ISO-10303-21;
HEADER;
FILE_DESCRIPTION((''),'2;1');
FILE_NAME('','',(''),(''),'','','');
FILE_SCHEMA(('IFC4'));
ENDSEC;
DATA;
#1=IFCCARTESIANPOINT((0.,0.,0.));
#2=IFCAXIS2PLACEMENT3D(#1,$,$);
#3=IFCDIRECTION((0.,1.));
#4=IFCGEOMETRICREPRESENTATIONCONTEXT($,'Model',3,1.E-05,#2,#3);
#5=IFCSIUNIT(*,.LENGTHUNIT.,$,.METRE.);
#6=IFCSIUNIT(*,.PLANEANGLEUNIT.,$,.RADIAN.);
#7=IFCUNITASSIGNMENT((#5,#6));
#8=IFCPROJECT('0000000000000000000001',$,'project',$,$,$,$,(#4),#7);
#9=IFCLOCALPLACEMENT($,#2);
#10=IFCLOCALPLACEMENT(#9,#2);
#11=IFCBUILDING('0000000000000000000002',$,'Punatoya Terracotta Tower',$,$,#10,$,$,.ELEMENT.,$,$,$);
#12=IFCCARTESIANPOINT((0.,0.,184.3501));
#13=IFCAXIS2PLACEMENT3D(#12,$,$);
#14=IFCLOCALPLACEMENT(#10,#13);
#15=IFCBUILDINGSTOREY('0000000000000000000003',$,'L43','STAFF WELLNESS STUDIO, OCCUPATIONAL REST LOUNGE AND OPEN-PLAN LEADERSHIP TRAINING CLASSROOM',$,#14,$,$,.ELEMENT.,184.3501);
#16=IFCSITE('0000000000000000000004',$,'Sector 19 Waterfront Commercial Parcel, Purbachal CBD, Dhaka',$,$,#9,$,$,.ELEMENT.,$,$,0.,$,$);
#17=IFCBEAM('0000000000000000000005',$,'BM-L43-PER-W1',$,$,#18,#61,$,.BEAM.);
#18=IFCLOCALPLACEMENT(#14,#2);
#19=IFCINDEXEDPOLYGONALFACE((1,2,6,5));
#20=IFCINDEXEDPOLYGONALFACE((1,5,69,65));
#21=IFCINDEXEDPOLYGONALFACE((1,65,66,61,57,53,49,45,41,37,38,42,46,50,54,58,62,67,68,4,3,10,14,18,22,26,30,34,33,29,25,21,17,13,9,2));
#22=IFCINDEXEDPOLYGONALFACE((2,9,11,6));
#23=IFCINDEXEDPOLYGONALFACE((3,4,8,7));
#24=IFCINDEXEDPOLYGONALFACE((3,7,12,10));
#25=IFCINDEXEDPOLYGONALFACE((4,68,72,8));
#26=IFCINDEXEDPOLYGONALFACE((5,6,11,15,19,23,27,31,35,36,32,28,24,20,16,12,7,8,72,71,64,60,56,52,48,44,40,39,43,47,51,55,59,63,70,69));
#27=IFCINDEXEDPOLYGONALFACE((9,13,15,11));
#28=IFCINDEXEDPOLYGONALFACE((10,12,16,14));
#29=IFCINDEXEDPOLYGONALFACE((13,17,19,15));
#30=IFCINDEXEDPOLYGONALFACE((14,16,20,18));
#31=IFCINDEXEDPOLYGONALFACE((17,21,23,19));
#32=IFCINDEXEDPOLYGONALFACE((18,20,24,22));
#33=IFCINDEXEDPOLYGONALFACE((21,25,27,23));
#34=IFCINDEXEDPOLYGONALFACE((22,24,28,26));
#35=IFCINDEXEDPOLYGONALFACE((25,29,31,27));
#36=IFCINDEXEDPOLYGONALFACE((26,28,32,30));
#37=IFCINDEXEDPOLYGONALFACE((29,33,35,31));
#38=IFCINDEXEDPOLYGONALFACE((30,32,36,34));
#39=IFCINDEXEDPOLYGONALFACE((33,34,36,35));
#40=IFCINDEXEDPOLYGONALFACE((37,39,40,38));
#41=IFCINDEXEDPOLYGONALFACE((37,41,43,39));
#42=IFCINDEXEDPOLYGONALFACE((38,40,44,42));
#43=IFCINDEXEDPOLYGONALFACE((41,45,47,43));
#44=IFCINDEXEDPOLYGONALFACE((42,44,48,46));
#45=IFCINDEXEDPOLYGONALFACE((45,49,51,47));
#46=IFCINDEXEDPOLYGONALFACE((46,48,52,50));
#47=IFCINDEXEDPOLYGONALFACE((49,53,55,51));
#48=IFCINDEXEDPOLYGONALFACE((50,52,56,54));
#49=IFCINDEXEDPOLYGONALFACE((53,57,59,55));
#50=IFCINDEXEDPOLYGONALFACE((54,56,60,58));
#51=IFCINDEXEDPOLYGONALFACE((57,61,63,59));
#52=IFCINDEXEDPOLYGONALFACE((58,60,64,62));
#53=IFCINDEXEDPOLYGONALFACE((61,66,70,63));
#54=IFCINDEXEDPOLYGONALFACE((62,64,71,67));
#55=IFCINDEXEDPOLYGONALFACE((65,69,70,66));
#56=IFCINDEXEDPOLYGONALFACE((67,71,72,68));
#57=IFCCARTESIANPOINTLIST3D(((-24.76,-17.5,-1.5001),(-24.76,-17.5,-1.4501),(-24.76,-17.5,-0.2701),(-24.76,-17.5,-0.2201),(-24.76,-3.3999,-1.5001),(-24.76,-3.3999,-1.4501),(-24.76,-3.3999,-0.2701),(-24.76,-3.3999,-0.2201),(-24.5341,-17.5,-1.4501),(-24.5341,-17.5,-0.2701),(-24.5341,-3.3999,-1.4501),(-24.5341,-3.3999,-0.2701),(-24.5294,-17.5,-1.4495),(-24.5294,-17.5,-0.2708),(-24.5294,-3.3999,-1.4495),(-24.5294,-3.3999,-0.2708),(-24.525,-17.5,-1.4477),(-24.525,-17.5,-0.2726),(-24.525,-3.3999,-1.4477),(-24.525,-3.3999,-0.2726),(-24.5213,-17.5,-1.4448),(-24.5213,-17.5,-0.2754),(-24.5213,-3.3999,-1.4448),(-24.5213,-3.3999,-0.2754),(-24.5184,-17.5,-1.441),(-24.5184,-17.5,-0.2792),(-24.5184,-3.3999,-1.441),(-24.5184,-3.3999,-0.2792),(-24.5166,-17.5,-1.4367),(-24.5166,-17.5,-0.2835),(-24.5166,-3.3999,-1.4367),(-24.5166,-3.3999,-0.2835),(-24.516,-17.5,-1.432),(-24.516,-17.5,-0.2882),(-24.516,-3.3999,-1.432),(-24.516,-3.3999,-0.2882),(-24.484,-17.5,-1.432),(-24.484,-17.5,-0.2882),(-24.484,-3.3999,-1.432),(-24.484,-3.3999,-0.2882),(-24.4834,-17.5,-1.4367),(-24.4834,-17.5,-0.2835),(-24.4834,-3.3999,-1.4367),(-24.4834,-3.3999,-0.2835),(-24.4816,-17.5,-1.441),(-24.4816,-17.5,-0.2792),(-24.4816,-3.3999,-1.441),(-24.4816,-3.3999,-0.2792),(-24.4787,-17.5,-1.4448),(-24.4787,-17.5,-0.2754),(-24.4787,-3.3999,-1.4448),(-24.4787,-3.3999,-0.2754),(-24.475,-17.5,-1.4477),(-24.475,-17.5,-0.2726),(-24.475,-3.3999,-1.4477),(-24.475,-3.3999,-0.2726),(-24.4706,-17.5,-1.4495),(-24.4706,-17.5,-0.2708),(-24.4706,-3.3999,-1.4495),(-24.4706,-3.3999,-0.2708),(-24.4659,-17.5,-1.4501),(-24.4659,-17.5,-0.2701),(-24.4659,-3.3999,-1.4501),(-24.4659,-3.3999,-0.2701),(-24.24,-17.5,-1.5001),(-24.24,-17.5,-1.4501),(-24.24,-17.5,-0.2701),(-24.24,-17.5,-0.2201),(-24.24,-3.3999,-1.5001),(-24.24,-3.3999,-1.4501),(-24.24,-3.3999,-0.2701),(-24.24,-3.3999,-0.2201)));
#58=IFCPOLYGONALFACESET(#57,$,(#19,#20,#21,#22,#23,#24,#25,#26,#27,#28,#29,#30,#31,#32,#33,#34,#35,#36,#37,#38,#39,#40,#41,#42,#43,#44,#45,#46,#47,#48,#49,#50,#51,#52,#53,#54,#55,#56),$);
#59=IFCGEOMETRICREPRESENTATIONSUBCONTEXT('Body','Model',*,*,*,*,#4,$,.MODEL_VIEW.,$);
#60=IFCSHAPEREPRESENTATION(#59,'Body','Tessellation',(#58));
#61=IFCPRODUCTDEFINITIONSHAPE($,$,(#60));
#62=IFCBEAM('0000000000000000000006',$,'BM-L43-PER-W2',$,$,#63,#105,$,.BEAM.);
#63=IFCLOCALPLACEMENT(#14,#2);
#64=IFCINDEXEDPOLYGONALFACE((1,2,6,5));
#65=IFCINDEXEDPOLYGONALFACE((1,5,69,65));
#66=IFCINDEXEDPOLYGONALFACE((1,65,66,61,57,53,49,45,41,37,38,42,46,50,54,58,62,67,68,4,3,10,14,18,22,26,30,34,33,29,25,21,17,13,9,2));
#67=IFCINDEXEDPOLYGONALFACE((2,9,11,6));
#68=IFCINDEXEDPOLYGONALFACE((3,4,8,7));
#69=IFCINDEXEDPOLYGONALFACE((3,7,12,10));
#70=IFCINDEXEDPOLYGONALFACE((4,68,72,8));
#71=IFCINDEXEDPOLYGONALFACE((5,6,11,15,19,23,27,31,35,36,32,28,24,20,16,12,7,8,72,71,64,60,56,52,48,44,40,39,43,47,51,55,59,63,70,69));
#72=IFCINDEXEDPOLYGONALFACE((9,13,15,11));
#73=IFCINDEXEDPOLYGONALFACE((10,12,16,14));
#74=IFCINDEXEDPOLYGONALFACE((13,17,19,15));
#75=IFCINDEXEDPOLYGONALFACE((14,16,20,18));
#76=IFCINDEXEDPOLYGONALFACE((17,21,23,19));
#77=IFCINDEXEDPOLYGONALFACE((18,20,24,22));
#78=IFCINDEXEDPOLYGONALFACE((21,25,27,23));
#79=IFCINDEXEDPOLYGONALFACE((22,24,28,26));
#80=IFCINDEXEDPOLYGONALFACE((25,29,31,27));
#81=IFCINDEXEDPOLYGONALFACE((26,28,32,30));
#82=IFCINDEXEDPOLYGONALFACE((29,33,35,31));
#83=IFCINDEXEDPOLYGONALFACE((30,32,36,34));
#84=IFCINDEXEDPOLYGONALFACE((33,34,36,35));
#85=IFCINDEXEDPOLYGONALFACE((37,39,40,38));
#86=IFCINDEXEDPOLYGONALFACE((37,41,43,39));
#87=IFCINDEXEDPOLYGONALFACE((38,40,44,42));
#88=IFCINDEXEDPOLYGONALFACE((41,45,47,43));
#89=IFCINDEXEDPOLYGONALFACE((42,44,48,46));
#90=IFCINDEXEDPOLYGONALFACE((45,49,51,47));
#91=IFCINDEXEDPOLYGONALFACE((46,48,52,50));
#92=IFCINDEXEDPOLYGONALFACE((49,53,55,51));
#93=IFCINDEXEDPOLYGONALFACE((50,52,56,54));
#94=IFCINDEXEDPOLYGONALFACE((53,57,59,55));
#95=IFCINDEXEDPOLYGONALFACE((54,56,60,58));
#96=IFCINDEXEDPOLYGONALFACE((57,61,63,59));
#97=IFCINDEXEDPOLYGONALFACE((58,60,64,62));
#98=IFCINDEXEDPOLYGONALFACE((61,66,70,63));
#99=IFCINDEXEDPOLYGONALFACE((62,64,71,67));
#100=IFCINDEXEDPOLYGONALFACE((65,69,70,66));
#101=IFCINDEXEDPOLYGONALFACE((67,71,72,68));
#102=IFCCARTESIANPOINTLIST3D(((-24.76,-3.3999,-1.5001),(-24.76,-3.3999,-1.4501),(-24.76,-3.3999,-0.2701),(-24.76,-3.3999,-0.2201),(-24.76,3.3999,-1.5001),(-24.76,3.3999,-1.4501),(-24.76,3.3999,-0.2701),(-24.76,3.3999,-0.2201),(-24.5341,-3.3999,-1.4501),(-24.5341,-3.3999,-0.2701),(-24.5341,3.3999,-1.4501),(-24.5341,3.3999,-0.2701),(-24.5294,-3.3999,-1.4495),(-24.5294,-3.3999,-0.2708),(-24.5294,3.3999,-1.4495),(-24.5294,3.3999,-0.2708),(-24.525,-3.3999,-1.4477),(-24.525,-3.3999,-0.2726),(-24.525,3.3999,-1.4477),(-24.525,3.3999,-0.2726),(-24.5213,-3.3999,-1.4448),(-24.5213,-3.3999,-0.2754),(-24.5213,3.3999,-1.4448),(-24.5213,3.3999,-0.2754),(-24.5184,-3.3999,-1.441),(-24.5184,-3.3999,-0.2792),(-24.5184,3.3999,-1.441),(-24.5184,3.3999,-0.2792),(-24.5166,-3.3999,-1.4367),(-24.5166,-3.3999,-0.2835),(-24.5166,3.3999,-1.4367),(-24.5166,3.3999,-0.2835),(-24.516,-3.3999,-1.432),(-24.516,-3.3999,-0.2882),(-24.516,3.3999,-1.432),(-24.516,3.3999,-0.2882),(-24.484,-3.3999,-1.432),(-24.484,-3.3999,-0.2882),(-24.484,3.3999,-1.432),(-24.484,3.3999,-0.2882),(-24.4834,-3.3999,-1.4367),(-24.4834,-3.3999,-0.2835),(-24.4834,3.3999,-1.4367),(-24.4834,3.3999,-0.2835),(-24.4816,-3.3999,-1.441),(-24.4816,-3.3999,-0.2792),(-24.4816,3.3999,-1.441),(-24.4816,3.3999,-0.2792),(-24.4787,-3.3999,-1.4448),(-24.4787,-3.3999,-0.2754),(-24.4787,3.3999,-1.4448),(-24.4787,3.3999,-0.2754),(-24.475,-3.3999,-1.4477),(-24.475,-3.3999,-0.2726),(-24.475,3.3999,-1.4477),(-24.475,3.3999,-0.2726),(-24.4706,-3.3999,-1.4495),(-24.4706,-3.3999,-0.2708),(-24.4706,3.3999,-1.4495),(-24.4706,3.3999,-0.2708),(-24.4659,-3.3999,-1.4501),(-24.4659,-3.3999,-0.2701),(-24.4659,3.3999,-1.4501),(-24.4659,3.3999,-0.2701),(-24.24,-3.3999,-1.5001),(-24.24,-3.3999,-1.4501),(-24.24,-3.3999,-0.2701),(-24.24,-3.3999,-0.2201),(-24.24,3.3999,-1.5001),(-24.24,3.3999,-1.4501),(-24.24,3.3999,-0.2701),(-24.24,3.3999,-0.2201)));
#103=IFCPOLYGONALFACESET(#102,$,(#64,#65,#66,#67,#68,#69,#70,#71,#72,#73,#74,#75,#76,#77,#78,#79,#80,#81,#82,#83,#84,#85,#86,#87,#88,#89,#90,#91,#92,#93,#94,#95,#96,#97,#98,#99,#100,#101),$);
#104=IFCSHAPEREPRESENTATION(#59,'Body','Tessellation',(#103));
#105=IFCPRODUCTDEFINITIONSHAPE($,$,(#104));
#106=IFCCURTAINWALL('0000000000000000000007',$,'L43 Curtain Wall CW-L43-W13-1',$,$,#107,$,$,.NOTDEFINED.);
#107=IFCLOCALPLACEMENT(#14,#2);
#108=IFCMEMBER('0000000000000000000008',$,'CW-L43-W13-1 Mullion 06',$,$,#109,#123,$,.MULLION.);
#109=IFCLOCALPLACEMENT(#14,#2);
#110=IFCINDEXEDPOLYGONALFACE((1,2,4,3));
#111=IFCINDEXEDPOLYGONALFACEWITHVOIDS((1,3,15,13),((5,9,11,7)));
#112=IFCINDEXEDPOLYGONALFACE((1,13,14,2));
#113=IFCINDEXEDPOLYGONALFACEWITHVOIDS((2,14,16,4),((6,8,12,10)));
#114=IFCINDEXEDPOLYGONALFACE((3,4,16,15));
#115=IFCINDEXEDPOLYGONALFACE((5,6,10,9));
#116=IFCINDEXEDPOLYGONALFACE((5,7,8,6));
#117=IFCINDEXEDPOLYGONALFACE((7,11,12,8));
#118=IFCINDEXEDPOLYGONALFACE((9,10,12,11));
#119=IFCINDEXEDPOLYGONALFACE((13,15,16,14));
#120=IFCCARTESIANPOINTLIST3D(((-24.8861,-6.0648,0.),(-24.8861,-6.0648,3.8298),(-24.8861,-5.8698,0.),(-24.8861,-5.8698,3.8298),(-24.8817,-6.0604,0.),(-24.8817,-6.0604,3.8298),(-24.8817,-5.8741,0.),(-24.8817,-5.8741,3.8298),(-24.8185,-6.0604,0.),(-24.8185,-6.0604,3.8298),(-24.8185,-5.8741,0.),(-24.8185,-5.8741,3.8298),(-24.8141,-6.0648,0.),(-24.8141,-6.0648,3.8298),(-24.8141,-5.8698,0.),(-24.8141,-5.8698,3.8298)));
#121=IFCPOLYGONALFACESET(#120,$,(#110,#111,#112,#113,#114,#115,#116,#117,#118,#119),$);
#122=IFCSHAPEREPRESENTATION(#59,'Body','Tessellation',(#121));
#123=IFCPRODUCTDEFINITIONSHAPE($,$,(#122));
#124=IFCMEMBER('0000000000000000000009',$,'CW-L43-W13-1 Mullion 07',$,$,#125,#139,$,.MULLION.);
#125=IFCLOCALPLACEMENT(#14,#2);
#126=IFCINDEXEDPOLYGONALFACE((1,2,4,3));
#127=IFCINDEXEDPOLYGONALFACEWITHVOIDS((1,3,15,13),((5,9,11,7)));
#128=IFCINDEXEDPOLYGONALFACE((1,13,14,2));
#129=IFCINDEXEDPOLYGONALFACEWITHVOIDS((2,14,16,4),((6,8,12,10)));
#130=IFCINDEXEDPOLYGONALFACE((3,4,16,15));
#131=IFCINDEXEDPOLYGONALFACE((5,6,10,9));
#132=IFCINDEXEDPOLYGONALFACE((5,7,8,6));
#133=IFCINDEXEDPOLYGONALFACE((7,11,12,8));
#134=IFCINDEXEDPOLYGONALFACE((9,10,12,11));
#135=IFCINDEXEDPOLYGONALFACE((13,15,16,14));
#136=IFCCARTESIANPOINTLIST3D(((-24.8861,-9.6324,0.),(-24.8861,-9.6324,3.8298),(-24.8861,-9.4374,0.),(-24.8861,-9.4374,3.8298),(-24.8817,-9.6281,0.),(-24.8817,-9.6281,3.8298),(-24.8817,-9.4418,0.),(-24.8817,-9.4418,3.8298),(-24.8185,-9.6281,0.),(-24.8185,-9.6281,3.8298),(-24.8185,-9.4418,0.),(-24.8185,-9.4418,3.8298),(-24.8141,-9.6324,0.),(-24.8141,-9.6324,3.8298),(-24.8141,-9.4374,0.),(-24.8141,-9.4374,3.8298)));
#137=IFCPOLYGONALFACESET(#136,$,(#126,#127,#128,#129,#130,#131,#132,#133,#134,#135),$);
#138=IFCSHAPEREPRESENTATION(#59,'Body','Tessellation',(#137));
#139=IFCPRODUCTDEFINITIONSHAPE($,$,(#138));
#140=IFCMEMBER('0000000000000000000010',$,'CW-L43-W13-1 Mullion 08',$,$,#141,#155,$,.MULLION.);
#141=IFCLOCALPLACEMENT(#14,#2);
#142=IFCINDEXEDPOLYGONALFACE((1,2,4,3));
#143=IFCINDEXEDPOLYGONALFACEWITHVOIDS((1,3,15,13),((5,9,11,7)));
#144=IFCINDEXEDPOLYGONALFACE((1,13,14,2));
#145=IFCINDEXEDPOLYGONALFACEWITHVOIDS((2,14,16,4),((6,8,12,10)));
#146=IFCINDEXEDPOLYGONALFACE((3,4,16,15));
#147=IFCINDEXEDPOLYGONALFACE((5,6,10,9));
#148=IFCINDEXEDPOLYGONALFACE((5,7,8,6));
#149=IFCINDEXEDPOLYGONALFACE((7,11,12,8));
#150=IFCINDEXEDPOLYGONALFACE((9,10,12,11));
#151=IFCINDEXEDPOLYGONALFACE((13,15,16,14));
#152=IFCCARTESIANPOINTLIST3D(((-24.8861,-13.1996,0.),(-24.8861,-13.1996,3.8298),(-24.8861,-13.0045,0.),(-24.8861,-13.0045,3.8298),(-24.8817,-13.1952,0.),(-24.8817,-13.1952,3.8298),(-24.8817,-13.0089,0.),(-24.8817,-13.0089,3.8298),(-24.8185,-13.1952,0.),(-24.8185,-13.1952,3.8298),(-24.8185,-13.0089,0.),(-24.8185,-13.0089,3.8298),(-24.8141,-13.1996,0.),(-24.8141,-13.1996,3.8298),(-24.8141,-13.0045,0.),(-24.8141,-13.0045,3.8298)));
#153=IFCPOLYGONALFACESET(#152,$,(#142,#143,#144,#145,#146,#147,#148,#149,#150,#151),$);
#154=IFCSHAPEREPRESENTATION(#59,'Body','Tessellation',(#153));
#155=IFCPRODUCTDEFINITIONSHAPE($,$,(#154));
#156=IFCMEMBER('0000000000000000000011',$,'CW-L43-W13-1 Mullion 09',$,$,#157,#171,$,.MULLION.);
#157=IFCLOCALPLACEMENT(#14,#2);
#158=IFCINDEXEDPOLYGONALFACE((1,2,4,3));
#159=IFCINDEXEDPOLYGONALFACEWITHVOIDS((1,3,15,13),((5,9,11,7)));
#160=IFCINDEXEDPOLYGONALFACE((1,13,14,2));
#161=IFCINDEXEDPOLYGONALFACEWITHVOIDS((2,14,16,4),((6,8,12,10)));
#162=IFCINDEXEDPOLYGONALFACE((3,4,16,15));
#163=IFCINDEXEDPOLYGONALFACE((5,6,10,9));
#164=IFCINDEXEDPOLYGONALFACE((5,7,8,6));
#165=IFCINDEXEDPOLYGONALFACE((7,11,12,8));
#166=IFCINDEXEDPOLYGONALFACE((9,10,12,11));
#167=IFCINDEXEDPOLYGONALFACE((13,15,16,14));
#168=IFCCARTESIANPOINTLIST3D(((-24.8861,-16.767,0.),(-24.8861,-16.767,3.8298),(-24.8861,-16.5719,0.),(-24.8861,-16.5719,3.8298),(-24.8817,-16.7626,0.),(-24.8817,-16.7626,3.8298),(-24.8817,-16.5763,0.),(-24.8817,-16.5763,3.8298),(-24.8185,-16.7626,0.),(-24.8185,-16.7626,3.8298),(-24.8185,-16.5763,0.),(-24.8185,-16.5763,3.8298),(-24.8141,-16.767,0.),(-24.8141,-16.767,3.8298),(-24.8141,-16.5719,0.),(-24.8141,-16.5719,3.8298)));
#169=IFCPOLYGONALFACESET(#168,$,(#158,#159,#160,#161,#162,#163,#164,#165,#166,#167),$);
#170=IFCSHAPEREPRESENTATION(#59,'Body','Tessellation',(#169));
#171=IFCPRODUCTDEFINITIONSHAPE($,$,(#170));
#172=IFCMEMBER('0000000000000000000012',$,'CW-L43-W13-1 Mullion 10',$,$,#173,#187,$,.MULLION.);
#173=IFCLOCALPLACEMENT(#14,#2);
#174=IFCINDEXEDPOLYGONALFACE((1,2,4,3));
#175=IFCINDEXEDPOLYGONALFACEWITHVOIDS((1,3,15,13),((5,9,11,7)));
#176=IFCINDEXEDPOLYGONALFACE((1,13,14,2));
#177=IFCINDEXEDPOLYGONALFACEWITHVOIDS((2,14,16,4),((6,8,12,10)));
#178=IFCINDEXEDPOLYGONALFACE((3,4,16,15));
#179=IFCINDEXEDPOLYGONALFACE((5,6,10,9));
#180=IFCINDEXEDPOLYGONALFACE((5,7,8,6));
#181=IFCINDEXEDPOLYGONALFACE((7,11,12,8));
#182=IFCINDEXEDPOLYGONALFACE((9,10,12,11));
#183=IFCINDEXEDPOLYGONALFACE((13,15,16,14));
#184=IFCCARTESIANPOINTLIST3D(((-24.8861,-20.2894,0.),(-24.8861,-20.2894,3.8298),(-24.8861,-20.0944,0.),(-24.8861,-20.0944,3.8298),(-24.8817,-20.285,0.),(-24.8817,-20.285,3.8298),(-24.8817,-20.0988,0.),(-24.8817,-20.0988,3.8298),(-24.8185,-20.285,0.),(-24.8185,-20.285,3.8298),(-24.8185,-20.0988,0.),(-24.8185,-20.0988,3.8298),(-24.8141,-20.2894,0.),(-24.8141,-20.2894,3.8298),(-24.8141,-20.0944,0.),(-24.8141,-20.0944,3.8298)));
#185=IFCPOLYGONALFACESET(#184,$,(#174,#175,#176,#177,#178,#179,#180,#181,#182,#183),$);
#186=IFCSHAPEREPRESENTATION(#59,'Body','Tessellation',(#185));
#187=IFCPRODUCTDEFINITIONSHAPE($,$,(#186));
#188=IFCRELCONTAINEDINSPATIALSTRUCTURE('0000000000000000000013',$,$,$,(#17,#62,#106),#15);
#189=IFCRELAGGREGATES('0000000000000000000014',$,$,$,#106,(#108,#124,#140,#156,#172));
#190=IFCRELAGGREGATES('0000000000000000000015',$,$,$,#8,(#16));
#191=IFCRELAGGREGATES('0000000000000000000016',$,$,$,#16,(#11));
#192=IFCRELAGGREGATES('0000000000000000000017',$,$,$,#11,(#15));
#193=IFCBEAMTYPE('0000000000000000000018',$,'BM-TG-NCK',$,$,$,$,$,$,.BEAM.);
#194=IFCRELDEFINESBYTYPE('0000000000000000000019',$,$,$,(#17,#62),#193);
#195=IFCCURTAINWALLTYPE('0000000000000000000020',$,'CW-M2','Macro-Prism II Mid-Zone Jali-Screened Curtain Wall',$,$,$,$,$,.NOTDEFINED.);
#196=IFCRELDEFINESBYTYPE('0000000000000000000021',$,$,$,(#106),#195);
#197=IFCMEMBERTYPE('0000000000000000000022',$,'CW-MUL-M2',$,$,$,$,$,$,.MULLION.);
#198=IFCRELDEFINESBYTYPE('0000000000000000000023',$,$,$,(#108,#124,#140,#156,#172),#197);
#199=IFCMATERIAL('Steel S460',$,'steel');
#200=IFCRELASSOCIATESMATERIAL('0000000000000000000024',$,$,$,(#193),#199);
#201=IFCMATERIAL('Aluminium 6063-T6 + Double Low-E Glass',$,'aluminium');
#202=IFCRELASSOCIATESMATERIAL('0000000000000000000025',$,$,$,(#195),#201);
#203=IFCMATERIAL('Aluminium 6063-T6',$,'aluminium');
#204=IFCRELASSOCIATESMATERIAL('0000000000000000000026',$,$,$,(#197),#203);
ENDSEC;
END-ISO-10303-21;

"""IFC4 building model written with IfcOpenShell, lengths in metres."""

from ifc_helpers import new_model, si_unit, direction, frame, origin, origin_2d, place, context, subcontext, project, spatial, hollow_rectangle, i_section, extrude, material, material_profile, profile_set, type_object, element, aggregate, save


model = new_model("IFC4")

# Units and contexts
model_context = context("Model", 3, precision=1e-05, world=origin(), true_north=direction((0.0, 1.0)))
body_context = subcontext(model_context, "Body", "Model", "MODEL_VIEW")
ifc_project = project(units=[si_unit("LENGTHUNIT", "METRE"), si_unit("PLANEANGLEUNIT", "RADIAN")], contexts=[model_context])

# Site, building, storey
site_placement = place(None, origin())
site = spatial("IfcSite", under=ifc_project, at=site_placement, Name="Sector 19 Waterfront Commercial Parcel, Purbachal CBD, Dhaka", CompositionType="ELEMENT", RefElevation=0.0)
building_placement = place(site_placement, origin())
building = spatial("IfcBuilding", under=site, at=building_placement, Name="Punatoya Terracotta Tower", CompositionType="ELEMENT")
storey_placement = place(building_placement, frame((0.0, 0.0, 184.3501)))
storey = spatial("IfcBuildingStorey", under=building, at=storey_placement, Name="L43", Description="STAFF WELLNESS STUDIO, OCCUPATIONAL REST LOUNGE AND OPEN-PLAN LEADERSHIP TRAINING CLASSROOM", CompositionType="ELEMENT", Elevation=184.3501)

# Shared definitions
ifc_material_1 = material(Name="Steel S460", Category="steel")

# Beams
ifc_material_profile_1 = material_profile(ifc_material_1, i_section(OverallWidth=0.52, OverallDepth=1.28, WebThickness=0.032, FlangeThickness=0.05, FilletRadius=0.0181, at=origin_2d()))
ifc_profile_set_1 = profile_set([ifc_material_profile_1], Name="Steel S460")
beam_type_1 = type_object("IfcBeamType", Name="BM-TG-NCK", PredefinedType="BEAM", material=ifc_profile_set_1)
beam_1_placement = place(storey_placement, frame((-24.5, -17.5, -0.8601), z_axis=(0.0, 1.0, 0.0), x_axis=(-1.0, 0.0, 0.0)))
element("IfcBeam", 1, at=beam_1_placement, inside=storey, type_object=beam_type_1, Name="BM-L43-PER-W1", PredefinedType="BEAM", context=body_context, shape_type="SweptSolid", body=[
    extrude(i_section(OverallWidth=0.52, OverallDepth=1.28, WebThickness=0.032, FlangeThickness=0.05, FilletRadius=0.0181, at=origin_2d()), origin(), (0.0, 0.0, 1.0), 14.1001),
])
beam_2_placement = place(storey_placement, frame((-24.5, -3.3999, -0.8601), z_axis=(0.0, 1.0, 0.0), x_axis=(-1.0, 0.0, 0.0)))
element("IfcBeam", 2, at=beam_2_placement, inside=storey, type_object=beam_type_1, Name="BM-L43-PER-W2", PredefinedType="BEAM", context=body_context, shape_type="SweptSolid", body=[
    extrude(i_section(OverallWidth=0.52, OverallDepth=1.28, WebThickness=0.032, FlangeThickness=0.05, FilletRadius=0.0181, at=origin_2d()), origin(), (0.0, 0.0, 1.0), 6.7998),
])

# Curtain wall, members
ifc_material_2 = material(Name="Aluminium 6063-T6 + Double Low-E Glass", Category="aluminium")
curtain_wall_type = type_object("IfcCurtainWallType", Name="CW-M2", Description="Macro-Prism II Mid-Zone Jali-Screened Curtain Wall", PredefinedType="NOTDEFINED", material=ifc_material_2)
curtain_wall_placement = place(storey_placement, origin())
curtain_wall = element("IfcCurtainWall", 3, at=curtain_wall_placement, inside=storey, type_object=curtain_wall_type, Name="L43 Curtain Wall CW-L43-W13-1", PredefinedType="NOTDEFINED")
ifc_material_3 = material(Name="Aluminium 6063-T6", Category="aluminium")
ifc_material_profile_2 = material_profile(ifc_material_3, hollow_rectangle(XDim=0.072, YDim=0.1951, WallThickness=0.0044, at=origin_2d()))
ifc_profile_set_2 = profile_set([ifc_material_profile_2], Name="Aluminium 6063-T6")
member_type = type_object("IfcMemberType", Name="CW-MUL-M2", PredefinedType="MULLION", material=ifc_profile_set_2)
member_1_placement = place(storey_placement, frame((-24.8501, -5.9673, 0.0), z_axis=(0.0, 0.0, 1.0), x_axis=(1.0, 0.0, 0.0)))
member_1 = element("IfcMember", 4, at=member_1_placement, type_object=member_type, Name="CW-L43-W13-1 Mullion 06", PredefinedType="MULLION", context=body_context, shape_type="SweptSolid", body=[
    extrude(hollow_rectangle(XDim=0.072, YDim=0.1951, WallThickness=0.0044, at=origin_2d()), origin(), (0.0, 0.0, 1.0), 3.8298),
])
member_2_placement = place(storey_placement, frame((-24.8501, -9.5349, 0.0), z_axis=(0.0, 0.0, 1.0), x_axis=(1.0, 0.0, 0.0)))
member_2 = element("IfcMember", 5, at=member_2_placement, type_object=member_type, Name="CW-L43-W13-1 Mullion 07", PredefinedType="MULLION", context=body_context, shape_type="SweptSolid", body=[
    extrude(hollow_rectangle(XDim=0.072, YDim=0.1951, WallThickness=0.0044, at=origin_2d()), origin(), (0.0, 0.0, 1.0), 3.8298),
])
member_3_placement = place(storey_placement, frame((-24.8501, -13.1021, 0.0), z_axis=(0.0, 0.0, 1.0), x_axis=(1.0, 0.0, 0.0)))
member_3 = element("IfcMember", 6, at=member_3_placement, type_object=member_type, Name="CW-L43-W13-1 Mullion 08", PredefinedType="MULLION", context=body_context, shape_type="SweptSolid", body=[
    extrude(hollow_rectangle(XDim=0.072, YDim=0.1951, WallThickness=0.0044, at=origin_2d()), origin(), (0.0, 0.0, 1.0), 3.8298),
])
member_4_placement = place(storey_placement, frame((-24.8501, -16.6694, 0.0), z_axis=(0.0, 0.0, 1.0), x_axis=(1.0, 0.0, 0.0)))
member_4 = element("IfcMember", 7, at=member_4_placement, type_object=member_type, Name="CW-L43-W13-1 Mullion 09", PredefinedType="MULLION", context=body_context, shape_type="SweptSolid", body=[
    extrude(hollow_rectangle(XDim=0.072, YDim=0.1951, WallThickness=0.0044, at=origin_2d()), origin(), (0.0, 0.0, 1.0), 3.8298),
])
member_5_placement = place(storey_placement, frame((-24.8501, -20.1919, 0.0), z_axis=(0.0, 0.0, 1.0), x_axis=(1.0, 0.0, 0.0)))
member_5 = element("IfcMember", 8, at=member_5_placement, type_object=member_type, Name="CW-L43-W13-1 Mullion 10", PredefinedType="MULLION", context=body_context, shape_type="SweptSolid", body=[
    extrude(hollow_rectangle(XDim=0.072, YDim=0.1951, WallThickness=0.0044, at=origin_2d()), origin(), (0.0, 0.0, 1.0), 3.8298),
])
aggregate(curtain_wall, [member_1, member_2, member_3, member_4, member_5])

save(model, "model.ifc")
